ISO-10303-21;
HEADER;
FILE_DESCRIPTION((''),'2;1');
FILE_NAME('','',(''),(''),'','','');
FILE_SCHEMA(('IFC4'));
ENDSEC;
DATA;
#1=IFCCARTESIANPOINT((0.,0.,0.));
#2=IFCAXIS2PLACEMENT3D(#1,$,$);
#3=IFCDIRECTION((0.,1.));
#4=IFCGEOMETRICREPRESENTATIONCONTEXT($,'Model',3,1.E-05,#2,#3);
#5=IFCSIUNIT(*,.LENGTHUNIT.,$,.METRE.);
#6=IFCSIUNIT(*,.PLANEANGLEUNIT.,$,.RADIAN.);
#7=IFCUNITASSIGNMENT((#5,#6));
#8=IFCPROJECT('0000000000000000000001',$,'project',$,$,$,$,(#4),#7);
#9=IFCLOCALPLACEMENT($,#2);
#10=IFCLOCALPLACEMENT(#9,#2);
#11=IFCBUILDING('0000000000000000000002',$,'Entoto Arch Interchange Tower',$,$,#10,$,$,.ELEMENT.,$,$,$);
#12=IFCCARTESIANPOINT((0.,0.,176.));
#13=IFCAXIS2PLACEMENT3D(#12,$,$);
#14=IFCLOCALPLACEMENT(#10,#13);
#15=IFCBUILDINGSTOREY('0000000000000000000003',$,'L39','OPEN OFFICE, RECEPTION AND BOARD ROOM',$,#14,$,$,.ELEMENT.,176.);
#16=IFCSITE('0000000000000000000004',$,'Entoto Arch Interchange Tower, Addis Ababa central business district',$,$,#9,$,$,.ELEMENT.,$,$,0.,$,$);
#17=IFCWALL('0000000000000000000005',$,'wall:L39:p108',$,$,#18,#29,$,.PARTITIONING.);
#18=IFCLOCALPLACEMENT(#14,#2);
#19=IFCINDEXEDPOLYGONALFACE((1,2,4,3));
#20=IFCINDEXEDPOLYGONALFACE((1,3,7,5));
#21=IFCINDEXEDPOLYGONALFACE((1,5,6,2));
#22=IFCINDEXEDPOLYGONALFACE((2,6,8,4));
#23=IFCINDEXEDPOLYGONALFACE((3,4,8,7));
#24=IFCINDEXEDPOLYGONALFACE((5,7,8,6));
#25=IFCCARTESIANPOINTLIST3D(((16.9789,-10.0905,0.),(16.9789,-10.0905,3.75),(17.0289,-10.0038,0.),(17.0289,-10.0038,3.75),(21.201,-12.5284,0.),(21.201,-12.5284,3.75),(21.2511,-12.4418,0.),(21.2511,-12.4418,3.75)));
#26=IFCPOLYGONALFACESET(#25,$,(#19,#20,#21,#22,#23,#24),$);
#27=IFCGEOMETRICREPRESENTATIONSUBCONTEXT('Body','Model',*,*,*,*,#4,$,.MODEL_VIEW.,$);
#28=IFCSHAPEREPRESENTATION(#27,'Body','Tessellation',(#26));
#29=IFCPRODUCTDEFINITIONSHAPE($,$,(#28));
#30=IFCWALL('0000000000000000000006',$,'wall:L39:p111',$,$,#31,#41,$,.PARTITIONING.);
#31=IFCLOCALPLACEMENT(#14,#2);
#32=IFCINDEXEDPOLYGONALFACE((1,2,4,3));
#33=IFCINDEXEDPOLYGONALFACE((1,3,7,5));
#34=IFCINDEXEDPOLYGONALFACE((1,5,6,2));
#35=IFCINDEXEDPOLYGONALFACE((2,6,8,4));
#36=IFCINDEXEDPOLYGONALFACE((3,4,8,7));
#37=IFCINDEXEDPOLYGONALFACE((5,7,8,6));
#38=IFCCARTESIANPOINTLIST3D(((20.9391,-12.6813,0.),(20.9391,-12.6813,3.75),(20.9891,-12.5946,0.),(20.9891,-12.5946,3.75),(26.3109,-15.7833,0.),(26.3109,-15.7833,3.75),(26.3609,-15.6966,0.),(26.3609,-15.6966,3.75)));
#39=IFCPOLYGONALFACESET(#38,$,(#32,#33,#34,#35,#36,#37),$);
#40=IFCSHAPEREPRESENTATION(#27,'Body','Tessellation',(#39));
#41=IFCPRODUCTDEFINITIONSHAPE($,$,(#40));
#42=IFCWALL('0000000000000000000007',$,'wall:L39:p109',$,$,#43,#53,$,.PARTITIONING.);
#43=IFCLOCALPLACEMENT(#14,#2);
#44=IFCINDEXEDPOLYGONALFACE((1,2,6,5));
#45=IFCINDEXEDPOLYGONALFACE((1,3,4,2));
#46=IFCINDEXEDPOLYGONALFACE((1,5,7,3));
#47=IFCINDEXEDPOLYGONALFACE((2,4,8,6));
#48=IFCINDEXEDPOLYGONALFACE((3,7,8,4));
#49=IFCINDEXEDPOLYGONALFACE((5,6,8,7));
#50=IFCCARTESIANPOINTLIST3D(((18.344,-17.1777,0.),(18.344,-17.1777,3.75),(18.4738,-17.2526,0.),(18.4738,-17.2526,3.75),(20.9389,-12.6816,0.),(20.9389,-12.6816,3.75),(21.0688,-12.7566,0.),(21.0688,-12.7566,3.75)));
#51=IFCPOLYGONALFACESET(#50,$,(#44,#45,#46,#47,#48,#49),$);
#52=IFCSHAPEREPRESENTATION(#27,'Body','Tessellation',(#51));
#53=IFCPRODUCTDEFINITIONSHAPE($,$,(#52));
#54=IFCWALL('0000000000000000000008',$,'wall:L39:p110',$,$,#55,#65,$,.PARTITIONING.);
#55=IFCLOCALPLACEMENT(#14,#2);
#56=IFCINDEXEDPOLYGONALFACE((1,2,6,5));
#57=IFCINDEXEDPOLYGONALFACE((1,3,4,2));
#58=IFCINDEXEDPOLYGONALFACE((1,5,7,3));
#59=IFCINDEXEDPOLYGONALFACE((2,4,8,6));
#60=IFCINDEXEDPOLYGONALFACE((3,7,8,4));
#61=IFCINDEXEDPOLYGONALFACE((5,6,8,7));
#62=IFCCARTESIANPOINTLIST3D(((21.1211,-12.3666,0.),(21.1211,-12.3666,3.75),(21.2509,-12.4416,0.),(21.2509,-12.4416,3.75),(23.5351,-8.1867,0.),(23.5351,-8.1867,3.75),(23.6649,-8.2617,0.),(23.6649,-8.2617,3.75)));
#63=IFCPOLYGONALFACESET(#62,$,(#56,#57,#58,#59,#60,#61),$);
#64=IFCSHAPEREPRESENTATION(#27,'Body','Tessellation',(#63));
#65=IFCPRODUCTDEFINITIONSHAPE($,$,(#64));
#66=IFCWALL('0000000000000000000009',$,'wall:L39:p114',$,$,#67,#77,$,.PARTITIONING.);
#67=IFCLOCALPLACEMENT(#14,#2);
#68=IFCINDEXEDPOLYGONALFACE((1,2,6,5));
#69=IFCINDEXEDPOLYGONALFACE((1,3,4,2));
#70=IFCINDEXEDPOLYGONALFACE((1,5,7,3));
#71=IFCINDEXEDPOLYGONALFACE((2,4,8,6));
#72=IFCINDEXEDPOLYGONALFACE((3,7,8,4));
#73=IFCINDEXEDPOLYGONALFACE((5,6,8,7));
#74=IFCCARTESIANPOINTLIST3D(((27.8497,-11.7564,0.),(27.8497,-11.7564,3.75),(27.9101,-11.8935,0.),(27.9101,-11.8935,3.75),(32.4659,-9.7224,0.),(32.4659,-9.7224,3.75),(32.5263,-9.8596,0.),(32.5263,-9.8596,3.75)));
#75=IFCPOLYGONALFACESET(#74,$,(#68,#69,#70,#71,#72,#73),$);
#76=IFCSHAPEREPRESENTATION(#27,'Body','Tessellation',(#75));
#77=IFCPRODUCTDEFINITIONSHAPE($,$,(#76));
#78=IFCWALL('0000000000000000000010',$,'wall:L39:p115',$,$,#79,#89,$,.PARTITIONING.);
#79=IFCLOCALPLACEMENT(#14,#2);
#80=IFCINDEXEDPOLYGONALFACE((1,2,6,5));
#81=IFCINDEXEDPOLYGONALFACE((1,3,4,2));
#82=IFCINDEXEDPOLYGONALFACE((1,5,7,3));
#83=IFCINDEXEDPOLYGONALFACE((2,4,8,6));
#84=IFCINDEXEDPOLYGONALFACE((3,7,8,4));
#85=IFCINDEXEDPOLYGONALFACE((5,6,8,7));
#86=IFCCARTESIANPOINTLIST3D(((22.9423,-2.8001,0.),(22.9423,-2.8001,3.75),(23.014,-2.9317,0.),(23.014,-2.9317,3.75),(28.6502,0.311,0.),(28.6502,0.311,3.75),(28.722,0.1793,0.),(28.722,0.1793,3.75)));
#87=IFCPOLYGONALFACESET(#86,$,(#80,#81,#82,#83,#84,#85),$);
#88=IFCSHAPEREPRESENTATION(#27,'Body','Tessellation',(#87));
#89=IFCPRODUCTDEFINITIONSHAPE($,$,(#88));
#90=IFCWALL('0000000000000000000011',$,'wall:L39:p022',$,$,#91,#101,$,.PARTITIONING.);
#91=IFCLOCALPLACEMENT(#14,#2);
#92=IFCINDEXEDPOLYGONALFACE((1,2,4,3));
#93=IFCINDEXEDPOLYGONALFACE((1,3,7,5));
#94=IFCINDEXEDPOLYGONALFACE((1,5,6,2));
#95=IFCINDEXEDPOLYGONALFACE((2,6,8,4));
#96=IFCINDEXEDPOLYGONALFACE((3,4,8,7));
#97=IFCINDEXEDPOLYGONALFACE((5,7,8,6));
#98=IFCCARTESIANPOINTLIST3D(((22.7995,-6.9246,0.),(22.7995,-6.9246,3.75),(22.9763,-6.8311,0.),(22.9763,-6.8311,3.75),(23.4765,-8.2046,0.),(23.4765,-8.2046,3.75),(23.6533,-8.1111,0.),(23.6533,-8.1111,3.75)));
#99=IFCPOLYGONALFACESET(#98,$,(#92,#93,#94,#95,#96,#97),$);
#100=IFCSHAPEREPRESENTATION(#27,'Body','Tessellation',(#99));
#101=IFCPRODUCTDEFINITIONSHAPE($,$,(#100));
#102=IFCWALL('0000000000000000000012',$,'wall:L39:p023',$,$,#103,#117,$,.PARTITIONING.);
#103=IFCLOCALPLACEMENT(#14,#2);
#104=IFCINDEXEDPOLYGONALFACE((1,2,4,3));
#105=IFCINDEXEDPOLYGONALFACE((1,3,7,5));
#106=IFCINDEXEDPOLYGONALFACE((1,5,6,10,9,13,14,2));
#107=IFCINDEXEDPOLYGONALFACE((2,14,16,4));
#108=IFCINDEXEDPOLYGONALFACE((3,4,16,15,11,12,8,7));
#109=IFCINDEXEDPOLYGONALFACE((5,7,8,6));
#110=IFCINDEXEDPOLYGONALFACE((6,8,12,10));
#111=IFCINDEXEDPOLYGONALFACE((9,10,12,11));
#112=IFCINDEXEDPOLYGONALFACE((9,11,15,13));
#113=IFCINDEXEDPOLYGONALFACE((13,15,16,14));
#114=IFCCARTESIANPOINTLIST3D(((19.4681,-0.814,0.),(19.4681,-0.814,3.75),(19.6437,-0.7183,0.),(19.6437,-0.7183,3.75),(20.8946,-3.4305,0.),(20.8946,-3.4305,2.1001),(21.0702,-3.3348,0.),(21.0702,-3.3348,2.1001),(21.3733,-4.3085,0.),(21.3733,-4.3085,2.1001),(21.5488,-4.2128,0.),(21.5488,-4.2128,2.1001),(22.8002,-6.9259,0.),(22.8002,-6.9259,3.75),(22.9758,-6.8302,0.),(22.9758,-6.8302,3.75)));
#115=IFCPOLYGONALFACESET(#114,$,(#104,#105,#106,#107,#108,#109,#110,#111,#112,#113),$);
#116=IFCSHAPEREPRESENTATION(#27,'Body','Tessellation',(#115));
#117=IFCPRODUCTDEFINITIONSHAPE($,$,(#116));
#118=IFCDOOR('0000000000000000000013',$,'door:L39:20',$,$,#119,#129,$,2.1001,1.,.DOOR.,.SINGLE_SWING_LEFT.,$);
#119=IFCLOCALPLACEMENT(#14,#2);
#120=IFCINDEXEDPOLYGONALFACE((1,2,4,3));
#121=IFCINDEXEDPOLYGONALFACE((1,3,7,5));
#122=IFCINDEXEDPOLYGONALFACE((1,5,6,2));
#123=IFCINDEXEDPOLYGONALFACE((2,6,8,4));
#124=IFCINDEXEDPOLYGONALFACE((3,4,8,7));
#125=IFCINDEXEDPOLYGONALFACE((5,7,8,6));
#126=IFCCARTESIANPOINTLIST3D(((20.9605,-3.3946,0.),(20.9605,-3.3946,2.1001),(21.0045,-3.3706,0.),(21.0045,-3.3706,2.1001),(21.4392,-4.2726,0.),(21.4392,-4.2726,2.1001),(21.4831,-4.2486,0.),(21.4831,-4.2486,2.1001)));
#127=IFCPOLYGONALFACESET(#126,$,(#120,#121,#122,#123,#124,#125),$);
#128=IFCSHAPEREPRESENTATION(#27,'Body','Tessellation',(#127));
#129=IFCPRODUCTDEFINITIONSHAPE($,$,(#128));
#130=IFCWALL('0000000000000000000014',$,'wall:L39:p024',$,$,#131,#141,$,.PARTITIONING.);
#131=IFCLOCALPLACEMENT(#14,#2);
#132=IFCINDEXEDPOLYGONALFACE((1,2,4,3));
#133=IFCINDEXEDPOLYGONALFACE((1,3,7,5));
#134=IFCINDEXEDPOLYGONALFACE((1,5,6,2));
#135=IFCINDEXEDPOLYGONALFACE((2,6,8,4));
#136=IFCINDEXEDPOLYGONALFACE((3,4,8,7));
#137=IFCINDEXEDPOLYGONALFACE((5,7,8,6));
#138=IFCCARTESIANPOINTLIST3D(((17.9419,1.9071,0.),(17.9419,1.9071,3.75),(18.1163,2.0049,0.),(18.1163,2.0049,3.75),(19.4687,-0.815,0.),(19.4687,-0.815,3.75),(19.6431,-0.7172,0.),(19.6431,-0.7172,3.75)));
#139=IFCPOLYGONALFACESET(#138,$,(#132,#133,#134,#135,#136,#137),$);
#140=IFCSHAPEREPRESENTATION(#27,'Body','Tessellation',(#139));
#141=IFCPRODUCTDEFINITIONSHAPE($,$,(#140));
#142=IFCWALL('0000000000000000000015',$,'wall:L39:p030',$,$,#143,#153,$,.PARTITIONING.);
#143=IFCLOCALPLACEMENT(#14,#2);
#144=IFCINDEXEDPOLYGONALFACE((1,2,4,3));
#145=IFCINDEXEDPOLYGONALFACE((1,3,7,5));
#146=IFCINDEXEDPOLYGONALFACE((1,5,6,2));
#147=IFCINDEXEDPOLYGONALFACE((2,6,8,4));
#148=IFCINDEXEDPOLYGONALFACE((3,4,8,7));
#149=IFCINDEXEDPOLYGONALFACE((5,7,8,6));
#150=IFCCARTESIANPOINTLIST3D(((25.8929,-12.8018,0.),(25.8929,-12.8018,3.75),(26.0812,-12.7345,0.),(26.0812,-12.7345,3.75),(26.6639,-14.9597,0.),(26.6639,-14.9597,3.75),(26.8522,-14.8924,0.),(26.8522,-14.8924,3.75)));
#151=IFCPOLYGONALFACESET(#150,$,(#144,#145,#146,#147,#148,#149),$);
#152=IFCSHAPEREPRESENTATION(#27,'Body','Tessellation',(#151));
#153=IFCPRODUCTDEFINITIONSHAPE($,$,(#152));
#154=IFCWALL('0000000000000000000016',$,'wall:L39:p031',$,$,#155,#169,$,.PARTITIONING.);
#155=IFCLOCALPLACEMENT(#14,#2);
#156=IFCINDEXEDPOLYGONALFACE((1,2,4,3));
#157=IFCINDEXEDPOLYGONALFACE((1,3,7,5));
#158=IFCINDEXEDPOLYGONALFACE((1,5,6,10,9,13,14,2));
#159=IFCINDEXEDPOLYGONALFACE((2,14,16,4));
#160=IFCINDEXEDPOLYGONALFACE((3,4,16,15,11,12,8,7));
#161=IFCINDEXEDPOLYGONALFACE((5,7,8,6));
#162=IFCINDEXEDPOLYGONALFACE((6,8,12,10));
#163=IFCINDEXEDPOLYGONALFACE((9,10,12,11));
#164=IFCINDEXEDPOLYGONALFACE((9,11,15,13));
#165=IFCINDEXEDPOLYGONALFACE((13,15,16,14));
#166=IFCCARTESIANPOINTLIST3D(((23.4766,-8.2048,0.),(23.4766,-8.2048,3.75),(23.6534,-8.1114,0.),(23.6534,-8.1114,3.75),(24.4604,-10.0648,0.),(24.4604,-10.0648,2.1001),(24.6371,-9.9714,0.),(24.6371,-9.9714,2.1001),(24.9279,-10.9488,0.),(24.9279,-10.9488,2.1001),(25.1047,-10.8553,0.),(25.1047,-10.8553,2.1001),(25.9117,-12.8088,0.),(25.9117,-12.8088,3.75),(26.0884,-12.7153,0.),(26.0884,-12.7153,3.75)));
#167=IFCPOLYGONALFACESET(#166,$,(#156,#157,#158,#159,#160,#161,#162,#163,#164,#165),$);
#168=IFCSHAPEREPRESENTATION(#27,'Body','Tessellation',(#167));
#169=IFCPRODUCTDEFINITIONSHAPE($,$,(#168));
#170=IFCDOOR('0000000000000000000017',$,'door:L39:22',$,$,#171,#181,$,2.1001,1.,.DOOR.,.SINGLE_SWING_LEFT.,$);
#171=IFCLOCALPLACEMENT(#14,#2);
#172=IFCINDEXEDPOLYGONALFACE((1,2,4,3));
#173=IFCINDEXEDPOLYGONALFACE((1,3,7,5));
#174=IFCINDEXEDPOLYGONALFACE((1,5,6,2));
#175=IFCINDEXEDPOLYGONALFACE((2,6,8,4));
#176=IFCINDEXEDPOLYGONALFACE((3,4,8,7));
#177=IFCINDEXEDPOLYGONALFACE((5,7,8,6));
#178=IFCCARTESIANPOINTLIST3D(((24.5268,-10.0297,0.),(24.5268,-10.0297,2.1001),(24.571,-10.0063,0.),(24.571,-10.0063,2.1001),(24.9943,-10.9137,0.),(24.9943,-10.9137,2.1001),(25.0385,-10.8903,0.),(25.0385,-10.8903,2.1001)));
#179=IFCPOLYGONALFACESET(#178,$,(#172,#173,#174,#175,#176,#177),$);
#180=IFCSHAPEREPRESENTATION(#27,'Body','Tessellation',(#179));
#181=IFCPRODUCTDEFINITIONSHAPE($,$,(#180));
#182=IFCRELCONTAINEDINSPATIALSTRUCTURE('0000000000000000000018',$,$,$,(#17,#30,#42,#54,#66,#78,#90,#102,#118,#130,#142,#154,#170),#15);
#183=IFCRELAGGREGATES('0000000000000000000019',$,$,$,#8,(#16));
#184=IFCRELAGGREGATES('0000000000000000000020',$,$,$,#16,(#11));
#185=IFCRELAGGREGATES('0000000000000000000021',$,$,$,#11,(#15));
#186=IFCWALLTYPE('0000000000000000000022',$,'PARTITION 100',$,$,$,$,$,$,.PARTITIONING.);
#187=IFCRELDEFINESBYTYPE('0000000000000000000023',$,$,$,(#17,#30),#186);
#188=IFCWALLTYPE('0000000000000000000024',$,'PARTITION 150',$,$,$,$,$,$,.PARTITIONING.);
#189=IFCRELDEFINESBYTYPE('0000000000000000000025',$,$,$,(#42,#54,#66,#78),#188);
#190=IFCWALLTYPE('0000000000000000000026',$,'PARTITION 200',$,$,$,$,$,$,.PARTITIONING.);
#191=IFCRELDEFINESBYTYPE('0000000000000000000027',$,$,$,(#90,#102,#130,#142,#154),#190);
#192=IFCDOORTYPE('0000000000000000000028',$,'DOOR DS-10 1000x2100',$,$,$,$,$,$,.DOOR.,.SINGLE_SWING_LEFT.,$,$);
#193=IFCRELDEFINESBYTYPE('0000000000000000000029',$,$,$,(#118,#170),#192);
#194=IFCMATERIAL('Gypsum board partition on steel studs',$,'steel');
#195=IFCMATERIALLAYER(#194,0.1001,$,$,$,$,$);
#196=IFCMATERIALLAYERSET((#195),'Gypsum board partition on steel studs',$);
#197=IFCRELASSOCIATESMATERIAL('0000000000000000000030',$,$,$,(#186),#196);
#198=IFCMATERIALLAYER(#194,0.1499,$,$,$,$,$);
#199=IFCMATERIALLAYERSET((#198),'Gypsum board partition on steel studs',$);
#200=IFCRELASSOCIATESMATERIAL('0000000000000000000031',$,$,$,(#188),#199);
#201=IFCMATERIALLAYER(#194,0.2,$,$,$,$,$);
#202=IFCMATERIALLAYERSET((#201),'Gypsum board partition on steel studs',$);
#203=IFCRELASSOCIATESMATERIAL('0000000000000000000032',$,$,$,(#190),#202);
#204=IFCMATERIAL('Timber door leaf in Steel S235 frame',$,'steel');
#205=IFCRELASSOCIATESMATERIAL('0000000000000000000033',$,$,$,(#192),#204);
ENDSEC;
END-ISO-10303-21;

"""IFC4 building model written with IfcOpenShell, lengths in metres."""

from ifc_helpers import new_model, si_unit, direction, frame, frame_2d, origin, place, context, subcontext, project, spatial, rectangle, extrude, material, layer, layer_set, type_object, element, fill, save


model = new_model("IFC4")

# Units and contexts
model_context = context("Model", 3, precision=1e-05, world=origin(), true_north=direction((0.0, 1.0)))
body_context = subcontext(model_context, "Body", "Model", "MODEL_VIEW")
ifc_project = project(units=[si_unit("LENGTHUNIT", "METRE"), si_unit("PLANEANGLEUNIT", "RADIAN")], contexts=[model_context])

# Site, building, storey
site_placement = place(None, origin())
site = spatial("IfcSite", under=ifc_project, at=site_placement, Name="Entoto Arch Interchange Tower, Addis Ababa central business district", CompositionType="ELEMENT", RefElevation=0.0)
building_placement = place(site_placement, origin())
building = spatial("IfcBuilding", under=site, at=building_placement, Name="Entoto Arch Interchange Tower", CompositionType="ELEMENT")
storey_placement = place(building_placement, frame((0.0, 0.0, 176.0)))
storey = spatial("IfcBuildingStorey", under=building, at=storey_placement, Name="L39", Description="OPEN OFFICE, RECEPTION AND BOARD ROOM", CompositionType="ELEMENT", Elevation=176.0)

# Walls
ifc_material_1 = material(Name="Gypsum board partition on steel studs", Category="steel")
ifc_layer_1 = layer(ifc_material_1, 0.1001)
ifc_layer_set_1 = layer_set([ifc_layer_1], Name="Gypsum board partition on steel studs")
wall_type_1 = type_object("IfcWallType", Name="PARTITION 100", PredefinedType="PARTITIONING", material=ifc_layer_set_1)
wall_1_placement = place(storey_placement, frame((17.0039, -10.0471, 0.0), z_axis=(0.0, 0.0, 1.0), x_axis=(0.865997, -0.500049, 0.0)))
element("IfcWall", 1, at=wall_1_placement, inside=storey, type_object=wall_type_1, Name="wall:L39:p108", PredefinedType="PARTITIONING", context=body_context, shape_type="SweptSolid", body=[
    extrude(rectangle(XDim=4.8755, YDim=0.1001, at=frame_2d((2.4377, 0.0))), origin(), (0.0, 0.0, 1.0), 3.75),
])
wall_2_placement = place(storey_placement, frame((20.9641, -12.6379, 0.0), z_axis=(0.0, 0.0, 1.0), x_axis=(0.865982, -0.500076, 0.0)))
element("IfcWall", 2, at=wall_2_placement, inside=storey, type_object=wall_type_1, Name="wall:L39:p111", PredefinedType="PARTITIONING", context=body_context, shape_type="SweptSolid", body=[
    extrude(rectangle(XDim=6.2031, YDim=0.1001, at=frame_2d((3.1016, 0.0))), origin(), (0.0, 0.0, 1.0), 3.75),
])
ifc_layer_2 = layer(ifc_material_1, 0.1499)
ifc_layer_set_2 = layer_set([ifc_layer_2], Name="Gypsum board partition on steel studs")
wall_type_2 = type_object("IfcWallType", Name="PARTITION 150", PredefinedType="PARTITIONING", material=ifc_layer_set_2)
wall_3_placement = place(storey_placement, frame((21.0039, -12.719, 0.0), z_axis=(0.0, 0.0, 1.0), x_axis=(-0.499877, -0.866096, 0.0)))
element("IfcWall", 3, at=wall_3_placement, inside=storey, type_object=wall_type_2, Name="wall:L39:p109", PredefinedType="PARTITIONING", context=body_context, shape_type="SweptSolid", body=[
    extrude(rectangle(XDim=5.1912, YDim=0.1499, at=frame_2d((2.5957, 0.0))), origin(), (0.0, 0.0, 1.0), 3.75),
])
wall_4_placement = place(storey_placement, frame((23.6001, -8.2241, 0.0), z_axis=(0.0, 0.0, 1.0), x_axis=(-0.500121, -0.865956, 0.0)))
element("IfcWall", 4, at=wall_4_placement, inside=storey, type_object=wall_type_2, Name="wall:L39:p110", PredefinedType="PARTITIONING", context=body_context, shape_type="SweptSolid", body=[
    extrude(rectangle(XDim=4.8269, YDim=0.1499, at=frame_2d((2.4136, 0.0))), origin(), (0.0, 0.0, 1.0), 3.75),
])
wall_5_placement = place(storey_placement, frame((27.8799, -11.825, 0.0), z_axis=(0.0, 0.0, 1.0), x_axis=(0.91511, 0.403204, 0.0)))
element("IfcWall", 5, at=wall_5_placement, inside=storey, type_object=wall_type_2, Name="wall:L39:p114", PredefinedType="PARTITIONING", context=body_context, shape_type="SweptSolid", body=[
    extrude(rectangle(XDim=5.0444, YDim=0.1499, at=frame_2d((2.5222, 0.0))), origin(), (0.0, 0.0, 1.0), 3.75),
])
wall_6_placement = place(storey_placement, frame((22.978, -2.866, 0.0), z_axis=(0.0, 0.0, 1.0), x_axis=(0.878049, 0.478571, 0.0)))
element("IfcWall", 6, at=wall_6_placement, inside=storey, type_object=wall_type_2, Name="wall:L39:p115", PredefinedType="PARTITIONING", context=body_context, shape_type="SweptSolid", body=[
    extrude(rectangle(XDim=6.5007, YDim=0.1499, at=frame_2d((3.2505, 0.0))), origin(), (0.0, 0.0, 1.0), 3.75),
])
ifc_layer_3 = layer(ifc_material_1, 0.2)
ifc_layer_set_3 = layer_set([ifc_layer_3], Name="Gypsum board partition on steel studs")
wall_type_3 = type_object("IfcWallType", Name="PARTITION 200", PredefinedType="PARTITIONING", material=ifc_layer_set_3)
wall_7_placement = place(storey_placement, frame((23.5649, -8.158, 0.0), z_axis=(0.0, 0.0, 1.0), x_axis=(-0.467531, 0.883976, 0.0)))
element("IfcWall", 7, at=wall_7_placement, inside=storey, type_object=wall_type_3, Name="wall:L39:p022", PredefinedType="PARTITIONING", context=body_context, shape_type="SweptSolid", body=[
    extrude(rectangle(XDim=1.448, YDim=0.2, at=frame_2d((0.7241, 0.0))), origin(), (0.0, 0.0, 1.0), 3.75),
])

# Wall, opening, door
wall_8_placement = place(storey_placement, frame((22.8879, -6.8779, 0.0), z_axis=(0.0, 0.0, 1.0), x_axis=(-0.478665, 0.877997, 0.0)))
wall_8 = element("IfcWall", 8, at=wall_8_placement, inside=storey, type_object=wall_type_3, Name="wall:L39:p023", PredefinedType="PARTITIONING", context=body_context, shape_type="SweptSolid", body=[
    extrude(rectangle(XDim=6.9612, YDim=0.2, at=frame_2d((3.4805, 0.0))), origin(), (0.0, 0.0, 1.0), 3.75),
])
opening_1_placement = place(wall_8_placement, frame((2.981, 0.0, 0.0)))
opening_1 = element("IfcOpeningElement", 9, at=opening_1_placement, cuts=wall_8, PredefinedType="OPENING", context=body_context, shape_type="SweptSolid", body=[
    extrude(rectangle(XDim=1.0, YDim=2.1001, at=frame_2d((0.5, 1.05))), frame((0.0, 0.1099, 0.0), z_axis=(0.0, -1.0, 0.0), x_axis=(1.0, 0.0, 0.0)), (0.0, 0.0, 1.0), 0.22),
])
ifc_material_2 = material(Name="Timber door leaf in Steel S235 frame", Category="steel")
door_type = type_object("IfcDoorType", Name="DOOR DS-10 1000x2100", OperationType="SINGLE_SWING_LEFT", PredefinedType="DOOR", material=ifc_material_2)
door_1_placement = place(opening_1_placement, origin())
door_1 = element("IfcDoor", 10, at=door_1_placement, inside=storey, type_object=door_type, Name="door:L39:20", OperationType="SINGLE_SWING_LEFT", OverallHeight=2.1001, OverallWidth=1.0, PredefinedType="DOOR", context=body_context, shape_type="SweptSolid", body=[
    extrude(rectangle(XDim=1.0, YDim=2.1001, at=frame_2d((0.5, 1.05))), frame((0.0, 0.0249, 0.0), z_axis=(0.0, -1.0, 0.0), x_axis=(1.0, 0.0, 0.0)), (0.0, 0.0, 1.0), 0.05),
])
fill(opening_1, door_1)

# Walls
wall_9_placement = place(storey_placement, frame((19.5559, -0.7661, 0.0), z_axis=(0.0, 0.0, 1.0), x_axis=(-0.489199, 0.872172, 0.0)))
element("IfcWall", 11, at=wall_9_placement, inside=storey, type_object=wall_type_3, Name="wall:L39:p024", PredefinedType="PARTITIONING", context=body_context, shape_type="SweptSolid", body=[
    extrude(rectangle(XDim=3.1211, YDim=0.2, at=frame_2d((1.5605, 0.0))), origin(), (0.0, 0.0, 1.0), 3.75),
])
wall_10_placement = place(storey_placement, frame((26.7581, -14.926, 0.0), z_axis=(0.0, 0.0, 1.0), x_axis=(-0.336451, 0.941701, 0.0)))
element("IfcWall", 12, at=wall_10_placement, inside=storey, type_object=wall_type_3, Name="wall:L39:p030", PredefinedType="PARTITIONING", context=body_context, shape_type="SweptSolid", body=[
    extrude(rectangle(XDim=2.2915, YDim=0.2, at=frame_2d((1.1458, 0.0))), origin(), (0.0, 0.0, 1.0), 3.75),
])

# Wall, opening, door
wall_11_placement = place(storey_placement, frame((26.0, -12.762, 0.0), z_axis=(0.0, 0.0, 1.0), x_axis=(-0.467534, 0.883975, 0.0)))
wall_11 = element("IfcWall", 13, at=wall_11_placement, inside=storey, type_object=wall_type_3, Name="wall:L39:p031", PredefinedType="PARTITIONING", context=body_context, shape_type="SweptSolid", body=[
    extrude(rectangle(XDim=5.2083, YDim=0.2, at=frame_2d((2.604, 0.0))), origin(), (0.0, 0.0, 1.0), 3.75),
])
opening_2_placement = place(wall_11_placement, frame((2.104, 0.0, 0.0)))
opening_2 = element("IfcOpeningElement", 14, at=opening_2_placement, cuts=wall_11, PredefinedType="OPENING", context=body_context, shape_type="SweptSolid", body=[
    extrude(rectangle(XDim=1.0, YDim=2.1001, at=frame_2d((0.5, 1.05))), frame((0.0, 0.1099, 0.0), z_axis=(0.0, -1.0, 0.0), x_axis=(1.0, 0.0, 0.0)), (0.0, 0.0, 1.0), 0.22),
])
door_2_placement = place(opening_2_placement, origin())
door_2 = element("IfcDoor", 15, at=door_2_placement, inside=storey, type_object=door_type, Name="door:L39:22", OperationType="SINGLE_SWING_LEFT", OverallHeight=2.1001, OverallWidth=1.0, PredefinedType="DOOR", context=body_context, shape_type="SweptSolid", body=[
    extrude(rectangle(XDim=1.0, YDim=2.1001, at=frame_2d((0.5, 1.05))), frame((0.0, 0.0249, 0.0), z_axis=(0.0, -1.0, 0.0), x_axis=(1.0, 0.0, 0.0)), (0.0, 0.0, 1.0), 0.05),
])
fill(opening_2, door_2)

save(model, "model.ifc")
